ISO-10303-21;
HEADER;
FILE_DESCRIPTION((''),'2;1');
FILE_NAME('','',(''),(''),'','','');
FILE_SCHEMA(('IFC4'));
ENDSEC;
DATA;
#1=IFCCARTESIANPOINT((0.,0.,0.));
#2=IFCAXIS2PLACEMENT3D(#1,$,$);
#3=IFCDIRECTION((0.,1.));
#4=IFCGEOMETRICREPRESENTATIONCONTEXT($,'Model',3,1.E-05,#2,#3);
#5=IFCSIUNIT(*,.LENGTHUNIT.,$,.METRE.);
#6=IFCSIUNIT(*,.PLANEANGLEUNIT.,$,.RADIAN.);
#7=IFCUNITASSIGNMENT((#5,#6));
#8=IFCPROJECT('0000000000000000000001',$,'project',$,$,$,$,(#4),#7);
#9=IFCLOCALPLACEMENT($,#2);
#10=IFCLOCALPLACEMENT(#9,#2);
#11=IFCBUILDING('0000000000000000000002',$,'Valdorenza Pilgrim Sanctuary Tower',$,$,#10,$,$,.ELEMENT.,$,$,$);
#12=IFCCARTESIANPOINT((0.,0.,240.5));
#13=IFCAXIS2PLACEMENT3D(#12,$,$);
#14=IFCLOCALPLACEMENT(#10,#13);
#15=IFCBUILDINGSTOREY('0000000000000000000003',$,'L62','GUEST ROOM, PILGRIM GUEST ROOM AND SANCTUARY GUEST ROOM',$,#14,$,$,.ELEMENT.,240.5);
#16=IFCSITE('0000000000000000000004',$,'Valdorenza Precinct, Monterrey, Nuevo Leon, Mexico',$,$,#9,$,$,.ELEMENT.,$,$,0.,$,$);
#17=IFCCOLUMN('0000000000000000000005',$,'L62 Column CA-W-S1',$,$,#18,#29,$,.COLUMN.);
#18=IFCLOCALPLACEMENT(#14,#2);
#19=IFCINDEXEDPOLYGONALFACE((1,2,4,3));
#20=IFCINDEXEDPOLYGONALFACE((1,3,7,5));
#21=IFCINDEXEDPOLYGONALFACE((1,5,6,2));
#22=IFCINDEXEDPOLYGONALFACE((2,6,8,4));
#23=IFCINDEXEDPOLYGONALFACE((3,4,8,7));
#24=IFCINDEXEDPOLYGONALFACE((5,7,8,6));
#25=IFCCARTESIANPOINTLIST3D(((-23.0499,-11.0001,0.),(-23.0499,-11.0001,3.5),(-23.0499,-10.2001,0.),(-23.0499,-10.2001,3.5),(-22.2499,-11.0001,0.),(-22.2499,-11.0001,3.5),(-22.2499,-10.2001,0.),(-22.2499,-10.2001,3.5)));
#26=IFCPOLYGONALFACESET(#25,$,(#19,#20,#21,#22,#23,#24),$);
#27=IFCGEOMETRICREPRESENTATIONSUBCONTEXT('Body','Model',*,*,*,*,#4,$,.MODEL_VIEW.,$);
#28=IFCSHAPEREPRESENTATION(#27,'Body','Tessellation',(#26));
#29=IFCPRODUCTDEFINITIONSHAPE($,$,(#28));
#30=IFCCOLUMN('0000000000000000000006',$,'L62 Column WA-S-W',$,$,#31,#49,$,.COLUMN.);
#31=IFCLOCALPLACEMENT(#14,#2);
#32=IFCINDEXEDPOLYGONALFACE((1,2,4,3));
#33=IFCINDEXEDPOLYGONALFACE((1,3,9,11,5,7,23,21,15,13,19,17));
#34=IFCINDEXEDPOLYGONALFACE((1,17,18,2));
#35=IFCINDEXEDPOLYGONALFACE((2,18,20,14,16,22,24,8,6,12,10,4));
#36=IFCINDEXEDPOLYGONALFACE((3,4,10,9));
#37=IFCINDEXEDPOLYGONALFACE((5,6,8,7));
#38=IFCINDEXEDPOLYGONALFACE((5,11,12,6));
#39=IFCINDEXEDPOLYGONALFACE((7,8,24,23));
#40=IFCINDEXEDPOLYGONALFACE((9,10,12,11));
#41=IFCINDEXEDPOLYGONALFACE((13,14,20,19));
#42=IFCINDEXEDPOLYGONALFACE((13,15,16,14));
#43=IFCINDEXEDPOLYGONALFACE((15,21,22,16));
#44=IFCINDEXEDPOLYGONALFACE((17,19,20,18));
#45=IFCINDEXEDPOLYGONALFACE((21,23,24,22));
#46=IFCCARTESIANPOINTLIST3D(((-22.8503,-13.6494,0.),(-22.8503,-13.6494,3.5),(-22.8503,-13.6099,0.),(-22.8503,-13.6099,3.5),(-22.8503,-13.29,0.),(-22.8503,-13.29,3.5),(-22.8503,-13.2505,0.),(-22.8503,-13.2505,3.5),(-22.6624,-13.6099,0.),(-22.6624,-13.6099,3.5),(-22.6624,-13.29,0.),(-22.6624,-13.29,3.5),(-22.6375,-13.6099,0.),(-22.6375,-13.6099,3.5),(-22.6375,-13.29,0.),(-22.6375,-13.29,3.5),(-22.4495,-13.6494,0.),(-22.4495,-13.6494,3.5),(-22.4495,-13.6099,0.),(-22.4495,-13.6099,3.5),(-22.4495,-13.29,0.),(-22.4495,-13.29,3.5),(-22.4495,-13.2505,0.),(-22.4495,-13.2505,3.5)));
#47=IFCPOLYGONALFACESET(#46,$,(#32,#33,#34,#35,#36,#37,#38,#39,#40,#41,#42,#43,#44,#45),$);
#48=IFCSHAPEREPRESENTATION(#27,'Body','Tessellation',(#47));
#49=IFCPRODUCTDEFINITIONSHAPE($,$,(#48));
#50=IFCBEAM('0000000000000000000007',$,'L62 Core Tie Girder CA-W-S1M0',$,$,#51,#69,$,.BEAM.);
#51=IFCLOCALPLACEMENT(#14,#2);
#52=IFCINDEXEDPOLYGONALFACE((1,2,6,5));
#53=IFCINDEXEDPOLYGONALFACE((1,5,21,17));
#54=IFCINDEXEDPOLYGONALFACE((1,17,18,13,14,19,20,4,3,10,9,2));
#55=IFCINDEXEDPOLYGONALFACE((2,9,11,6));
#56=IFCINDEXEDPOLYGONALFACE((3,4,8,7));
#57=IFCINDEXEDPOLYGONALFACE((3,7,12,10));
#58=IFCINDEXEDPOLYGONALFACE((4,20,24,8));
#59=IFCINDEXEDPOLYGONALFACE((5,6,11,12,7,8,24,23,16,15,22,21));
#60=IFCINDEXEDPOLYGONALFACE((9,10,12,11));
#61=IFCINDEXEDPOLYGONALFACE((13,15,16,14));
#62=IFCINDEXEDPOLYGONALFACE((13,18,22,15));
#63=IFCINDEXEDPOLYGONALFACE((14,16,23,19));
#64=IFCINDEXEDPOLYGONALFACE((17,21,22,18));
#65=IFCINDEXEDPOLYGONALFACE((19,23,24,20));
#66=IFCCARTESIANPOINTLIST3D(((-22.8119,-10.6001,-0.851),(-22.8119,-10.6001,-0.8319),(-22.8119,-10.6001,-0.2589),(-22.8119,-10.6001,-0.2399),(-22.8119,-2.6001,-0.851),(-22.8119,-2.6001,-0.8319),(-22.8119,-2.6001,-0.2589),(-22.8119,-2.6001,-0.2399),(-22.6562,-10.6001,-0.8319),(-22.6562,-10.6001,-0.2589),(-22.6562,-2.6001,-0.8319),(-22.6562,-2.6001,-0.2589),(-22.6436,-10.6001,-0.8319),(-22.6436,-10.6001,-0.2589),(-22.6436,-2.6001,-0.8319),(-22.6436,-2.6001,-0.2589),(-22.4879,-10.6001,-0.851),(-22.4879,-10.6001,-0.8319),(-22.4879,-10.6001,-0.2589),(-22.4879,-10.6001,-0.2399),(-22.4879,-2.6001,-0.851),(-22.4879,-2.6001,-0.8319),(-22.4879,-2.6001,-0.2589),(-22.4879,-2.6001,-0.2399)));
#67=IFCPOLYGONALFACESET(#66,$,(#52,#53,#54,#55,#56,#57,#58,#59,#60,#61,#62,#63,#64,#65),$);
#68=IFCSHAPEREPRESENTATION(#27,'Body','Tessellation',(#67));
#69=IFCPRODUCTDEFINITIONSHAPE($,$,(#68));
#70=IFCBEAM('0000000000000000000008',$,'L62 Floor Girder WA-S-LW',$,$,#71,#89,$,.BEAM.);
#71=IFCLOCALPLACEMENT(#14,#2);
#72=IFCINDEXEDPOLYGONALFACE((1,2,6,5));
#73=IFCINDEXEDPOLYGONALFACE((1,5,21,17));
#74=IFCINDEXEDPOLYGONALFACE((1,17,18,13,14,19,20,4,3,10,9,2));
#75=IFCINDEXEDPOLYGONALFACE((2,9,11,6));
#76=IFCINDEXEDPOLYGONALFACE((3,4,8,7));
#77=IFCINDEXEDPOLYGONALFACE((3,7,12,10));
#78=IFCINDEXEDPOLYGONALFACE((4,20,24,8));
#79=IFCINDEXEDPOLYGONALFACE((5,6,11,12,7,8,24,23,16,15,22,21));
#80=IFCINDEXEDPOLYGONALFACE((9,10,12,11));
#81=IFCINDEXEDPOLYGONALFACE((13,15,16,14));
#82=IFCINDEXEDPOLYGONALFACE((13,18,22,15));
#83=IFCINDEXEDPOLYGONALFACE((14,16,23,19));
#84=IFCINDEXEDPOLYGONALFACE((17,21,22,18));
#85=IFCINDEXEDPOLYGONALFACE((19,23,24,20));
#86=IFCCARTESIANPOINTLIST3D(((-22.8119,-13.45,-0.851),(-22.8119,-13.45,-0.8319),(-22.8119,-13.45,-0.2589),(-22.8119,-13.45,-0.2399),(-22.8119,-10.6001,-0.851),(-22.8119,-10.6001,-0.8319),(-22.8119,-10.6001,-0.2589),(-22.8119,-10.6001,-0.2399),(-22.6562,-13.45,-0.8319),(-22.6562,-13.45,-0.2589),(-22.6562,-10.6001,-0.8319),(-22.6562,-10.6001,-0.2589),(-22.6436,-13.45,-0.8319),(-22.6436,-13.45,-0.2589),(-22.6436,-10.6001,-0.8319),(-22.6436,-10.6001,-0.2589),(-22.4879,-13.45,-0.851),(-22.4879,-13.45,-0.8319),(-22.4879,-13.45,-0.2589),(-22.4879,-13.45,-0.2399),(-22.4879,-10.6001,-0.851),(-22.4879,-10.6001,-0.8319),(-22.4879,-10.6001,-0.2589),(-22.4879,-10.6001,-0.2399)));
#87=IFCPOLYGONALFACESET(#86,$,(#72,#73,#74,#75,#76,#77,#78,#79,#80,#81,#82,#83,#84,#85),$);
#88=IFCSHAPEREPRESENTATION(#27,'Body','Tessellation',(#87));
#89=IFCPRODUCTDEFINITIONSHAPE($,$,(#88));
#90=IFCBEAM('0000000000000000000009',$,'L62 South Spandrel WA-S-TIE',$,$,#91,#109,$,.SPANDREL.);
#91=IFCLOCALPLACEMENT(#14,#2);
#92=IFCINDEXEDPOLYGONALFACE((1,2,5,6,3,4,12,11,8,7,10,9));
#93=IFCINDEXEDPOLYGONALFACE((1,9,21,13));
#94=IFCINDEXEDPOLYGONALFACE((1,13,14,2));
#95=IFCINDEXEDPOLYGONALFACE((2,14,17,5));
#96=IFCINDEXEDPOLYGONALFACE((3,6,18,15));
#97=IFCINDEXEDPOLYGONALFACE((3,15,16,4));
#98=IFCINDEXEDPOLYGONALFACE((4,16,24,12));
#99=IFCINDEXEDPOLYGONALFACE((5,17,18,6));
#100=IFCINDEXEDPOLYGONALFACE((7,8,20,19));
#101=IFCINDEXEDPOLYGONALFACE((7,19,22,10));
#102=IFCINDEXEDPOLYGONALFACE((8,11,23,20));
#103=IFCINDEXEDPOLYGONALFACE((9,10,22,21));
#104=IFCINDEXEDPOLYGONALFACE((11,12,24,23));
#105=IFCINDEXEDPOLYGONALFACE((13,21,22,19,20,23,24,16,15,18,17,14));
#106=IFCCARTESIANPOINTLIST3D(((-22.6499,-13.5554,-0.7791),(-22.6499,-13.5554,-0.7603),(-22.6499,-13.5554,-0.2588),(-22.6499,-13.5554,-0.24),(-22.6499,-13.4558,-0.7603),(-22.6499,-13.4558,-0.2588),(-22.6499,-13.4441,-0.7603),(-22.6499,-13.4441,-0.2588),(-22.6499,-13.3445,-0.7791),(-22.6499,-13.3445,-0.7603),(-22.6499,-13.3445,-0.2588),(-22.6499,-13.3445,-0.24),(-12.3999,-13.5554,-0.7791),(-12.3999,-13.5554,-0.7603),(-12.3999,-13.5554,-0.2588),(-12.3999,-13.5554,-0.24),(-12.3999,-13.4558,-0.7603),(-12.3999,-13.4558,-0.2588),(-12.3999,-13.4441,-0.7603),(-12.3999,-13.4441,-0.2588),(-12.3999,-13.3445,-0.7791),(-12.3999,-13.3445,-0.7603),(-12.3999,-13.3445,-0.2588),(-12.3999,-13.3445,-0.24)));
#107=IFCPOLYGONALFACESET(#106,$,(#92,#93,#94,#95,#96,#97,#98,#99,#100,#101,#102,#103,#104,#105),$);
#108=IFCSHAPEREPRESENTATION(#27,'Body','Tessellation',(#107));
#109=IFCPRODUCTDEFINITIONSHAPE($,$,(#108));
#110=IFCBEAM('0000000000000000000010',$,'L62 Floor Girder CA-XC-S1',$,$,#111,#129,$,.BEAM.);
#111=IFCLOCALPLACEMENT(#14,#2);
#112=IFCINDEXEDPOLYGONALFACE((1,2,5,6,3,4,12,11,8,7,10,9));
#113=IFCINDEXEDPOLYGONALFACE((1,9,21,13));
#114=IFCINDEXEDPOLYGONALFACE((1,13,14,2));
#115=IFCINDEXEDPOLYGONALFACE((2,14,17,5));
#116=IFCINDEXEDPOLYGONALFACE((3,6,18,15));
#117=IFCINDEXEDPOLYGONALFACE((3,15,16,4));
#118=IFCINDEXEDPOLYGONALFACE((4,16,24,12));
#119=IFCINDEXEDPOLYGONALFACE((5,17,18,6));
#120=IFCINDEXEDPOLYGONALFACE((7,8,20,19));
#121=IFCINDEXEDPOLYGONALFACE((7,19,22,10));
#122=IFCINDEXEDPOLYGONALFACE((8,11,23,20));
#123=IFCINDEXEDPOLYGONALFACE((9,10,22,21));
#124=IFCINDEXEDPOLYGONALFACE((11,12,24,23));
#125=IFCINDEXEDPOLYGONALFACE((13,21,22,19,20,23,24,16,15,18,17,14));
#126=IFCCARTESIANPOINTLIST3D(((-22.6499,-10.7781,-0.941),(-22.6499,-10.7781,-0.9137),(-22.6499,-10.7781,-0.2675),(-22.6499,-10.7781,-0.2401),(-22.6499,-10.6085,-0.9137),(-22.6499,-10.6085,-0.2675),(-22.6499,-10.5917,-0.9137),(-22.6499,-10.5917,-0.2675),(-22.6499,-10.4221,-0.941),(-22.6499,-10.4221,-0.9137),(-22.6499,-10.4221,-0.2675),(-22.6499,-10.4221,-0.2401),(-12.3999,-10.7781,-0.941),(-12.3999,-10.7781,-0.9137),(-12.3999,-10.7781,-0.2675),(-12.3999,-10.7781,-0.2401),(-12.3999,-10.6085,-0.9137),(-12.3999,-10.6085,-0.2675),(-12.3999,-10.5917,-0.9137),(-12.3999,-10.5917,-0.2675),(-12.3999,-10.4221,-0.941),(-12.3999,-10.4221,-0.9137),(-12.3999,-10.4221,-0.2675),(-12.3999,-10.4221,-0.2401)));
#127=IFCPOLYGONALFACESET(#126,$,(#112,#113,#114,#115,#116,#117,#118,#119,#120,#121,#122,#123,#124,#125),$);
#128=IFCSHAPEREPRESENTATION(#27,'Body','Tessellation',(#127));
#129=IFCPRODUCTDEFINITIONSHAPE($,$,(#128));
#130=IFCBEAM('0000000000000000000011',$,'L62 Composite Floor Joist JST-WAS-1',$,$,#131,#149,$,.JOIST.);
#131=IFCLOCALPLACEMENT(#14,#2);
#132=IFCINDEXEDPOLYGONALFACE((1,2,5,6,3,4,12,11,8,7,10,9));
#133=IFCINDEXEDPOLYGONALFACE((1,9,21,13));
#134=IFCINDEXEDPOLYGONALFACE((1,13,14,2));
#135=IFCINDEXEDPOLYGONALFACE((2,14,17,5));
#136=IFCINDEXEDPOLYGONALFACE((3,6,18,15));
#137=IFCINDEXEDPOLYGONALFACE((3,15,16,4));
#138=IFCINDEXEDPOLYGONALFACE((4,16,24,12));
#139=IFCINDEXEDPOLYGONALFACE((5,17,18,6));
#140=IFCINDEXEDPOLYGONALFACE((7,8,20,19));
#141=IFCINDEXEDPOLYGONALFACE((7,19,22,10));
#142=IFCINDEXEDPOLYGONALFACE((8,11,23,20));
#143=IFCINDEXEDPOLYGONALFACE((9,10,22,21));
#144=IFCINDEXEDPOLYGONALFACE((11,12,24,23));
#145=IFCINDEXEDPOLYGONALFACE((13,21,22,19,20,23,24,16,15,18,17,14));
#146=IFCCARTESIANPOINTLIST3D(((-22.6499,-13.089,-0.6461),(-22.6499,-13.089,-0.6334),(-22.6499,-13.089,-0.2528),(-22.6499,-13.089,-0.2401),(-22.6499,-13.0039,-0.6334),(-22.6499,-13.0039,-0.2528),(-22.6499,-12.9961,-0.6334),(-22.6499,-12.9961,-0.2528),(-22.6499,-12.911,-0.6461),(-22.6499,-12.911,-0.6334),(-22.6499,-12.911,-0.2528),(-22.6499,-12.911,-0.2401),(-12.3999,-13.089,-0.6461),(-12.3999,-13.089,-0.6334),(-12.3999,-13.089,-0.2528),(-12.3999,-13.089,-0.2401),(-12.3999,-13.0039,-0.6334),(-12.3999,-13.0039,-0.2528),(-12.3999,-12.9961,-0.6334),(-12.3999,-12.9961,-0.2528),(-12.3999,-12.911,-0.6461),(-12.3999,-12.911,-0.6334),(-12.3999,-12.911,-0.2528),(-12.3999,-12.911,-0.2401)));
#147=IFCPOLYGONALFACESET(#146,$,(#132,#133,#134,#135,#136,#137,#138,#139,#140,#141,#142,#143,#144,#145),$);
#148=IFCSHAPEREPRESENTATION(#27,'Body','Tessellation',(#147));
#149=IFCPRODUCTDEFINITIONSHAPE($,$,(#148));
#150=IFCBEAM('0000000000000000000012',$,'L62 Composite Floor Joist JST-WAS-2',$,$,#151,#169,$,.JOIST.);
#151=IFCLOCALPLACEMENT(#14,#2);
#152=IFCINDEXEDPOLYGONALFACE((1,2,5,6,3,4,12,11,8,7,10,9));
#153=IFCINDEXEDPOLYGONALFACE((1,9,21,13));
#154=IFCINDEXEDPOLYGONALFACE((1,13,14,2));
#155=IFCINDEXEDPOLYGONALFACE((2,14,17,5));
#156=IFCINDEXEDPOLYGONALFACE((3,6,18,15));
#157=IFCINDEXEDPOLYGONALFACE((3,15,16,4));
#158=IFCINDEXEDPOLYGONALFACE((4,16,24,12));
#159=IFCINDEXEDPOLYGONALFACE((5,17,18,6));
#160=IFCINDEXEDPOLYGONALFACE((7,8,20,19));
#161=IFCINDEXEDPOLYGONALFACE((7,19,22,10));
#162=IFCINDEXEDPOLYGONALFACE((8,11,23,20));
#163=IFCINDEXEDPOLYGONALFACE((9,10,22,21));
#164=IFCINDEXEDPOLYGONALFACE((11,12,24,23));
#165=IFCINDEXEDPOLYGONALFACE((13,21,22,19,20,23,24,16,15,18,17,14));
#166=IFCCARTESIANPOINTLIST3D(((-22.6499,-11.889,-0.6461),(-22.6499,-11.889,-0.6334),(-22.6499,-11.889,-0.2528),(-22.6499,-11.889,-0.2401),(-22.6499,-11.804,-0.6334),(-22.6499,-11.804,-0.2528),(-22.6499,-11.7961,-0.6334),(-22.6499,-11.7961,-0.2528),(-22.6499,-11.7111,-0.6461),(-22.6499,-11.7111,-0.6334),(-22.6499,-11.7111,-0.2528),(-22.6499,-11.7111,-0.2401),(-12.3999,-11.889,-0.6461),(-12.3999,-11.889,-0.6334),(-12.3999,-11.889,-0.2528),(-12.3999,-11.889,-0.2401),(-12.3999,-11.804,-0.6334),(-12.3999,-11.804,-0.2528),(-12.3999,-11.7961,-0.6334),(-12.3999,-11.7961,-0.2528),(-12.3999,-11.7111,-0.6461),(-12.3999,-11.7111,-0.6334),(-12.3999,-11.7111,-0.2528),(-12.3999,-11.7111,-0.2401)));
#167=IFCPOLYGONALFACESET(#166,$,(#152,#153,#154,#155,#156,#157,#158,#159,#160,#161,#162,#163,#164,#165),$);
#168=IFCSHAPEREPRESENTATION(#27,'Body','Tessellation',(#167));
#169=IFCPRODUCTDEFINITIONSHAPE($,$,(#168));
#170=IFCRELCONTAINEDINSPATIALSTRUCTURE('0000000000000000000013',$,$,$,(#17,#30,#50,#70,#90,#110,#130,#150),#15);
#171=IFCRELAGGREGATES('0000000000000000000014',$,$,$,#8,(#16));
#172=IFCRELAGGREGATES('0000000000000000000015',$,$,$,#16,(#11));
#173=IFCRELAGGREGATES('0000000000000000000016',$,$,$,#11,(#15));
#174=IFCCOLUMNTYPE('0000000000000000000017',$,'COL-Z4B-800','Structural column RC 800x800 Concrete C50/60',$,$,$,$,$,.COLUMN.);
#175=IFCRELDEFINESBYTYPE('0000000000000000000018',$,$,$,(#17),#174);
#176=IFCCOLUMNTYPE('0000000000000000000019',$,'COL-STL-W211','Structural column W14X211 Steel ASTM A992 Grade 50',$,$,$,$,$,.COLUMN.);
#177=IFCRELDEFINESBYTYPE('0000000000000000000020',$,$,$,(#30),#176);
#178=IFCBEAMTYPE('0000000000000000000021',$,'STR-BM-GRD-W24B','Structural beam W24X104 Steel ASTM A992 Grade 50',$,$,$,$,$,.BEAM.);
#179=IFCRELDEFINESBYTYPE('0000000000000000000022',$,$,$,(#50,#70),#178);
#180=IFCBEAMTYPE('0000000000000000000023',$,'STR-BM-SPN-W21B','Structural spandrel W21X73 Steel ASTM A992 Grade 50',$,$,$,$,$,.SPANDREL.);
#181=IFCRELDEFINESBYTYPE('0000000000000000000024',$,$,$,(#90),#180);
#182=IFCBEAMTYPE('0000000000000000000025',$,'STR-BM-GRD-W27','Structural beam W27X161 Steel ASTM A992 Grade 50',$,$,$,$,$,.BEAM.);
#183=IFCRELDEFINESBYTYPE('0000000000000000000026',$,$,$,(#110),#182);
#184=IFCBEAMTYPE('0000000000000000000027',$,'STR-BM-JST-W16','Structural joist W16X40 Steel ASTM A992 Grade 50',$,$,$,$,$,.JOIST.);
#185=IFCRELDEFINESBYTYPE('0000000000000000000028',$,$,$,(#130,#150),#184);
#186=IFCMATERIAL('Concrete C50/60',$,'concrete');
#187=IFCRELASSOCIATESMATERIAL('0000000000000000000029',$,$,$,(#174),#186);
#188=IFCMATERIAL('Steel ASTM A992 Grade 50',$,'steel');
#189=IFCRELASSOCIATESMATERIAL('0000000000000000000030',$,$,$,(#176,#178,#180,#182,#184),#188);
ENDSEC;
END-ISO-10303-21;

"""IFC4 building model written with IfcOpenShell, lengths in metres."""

from ifc_helpers import new_model, si_unit, direction, frame, origin, origin_2d, place, context, subcontext, project, spatial, rectangle, i_section, extrude, source, transform, mapped, material, material_profile, profile_set, type_object, element, save


model = new_model("IFC4")

# Units and contexts
model_context = context("Model", 3, precision=1e-05, world=origin(), true_north=direction((0.0, 1.0)))
body_context = subcontext(model_context, "Body", "Model", "MODEL_VIEW")
ifc_project = project(units=[si_unit("LENGTHUNIT", "METRE"), si_unit("PLANEANGLEUNIT", "RADIAN")], contexts=[model_context])

# Site, building, storey
site_placement = place(None, origin())
site = spatial("IfcSite", under=ifc_project, at=site_placement, Name="Valdorenza Precinct, Monterrey, Nuevo Leon, Mexico", CompositionType="ELEMENT", RefElevation=0.0)
building_placement = place(site_placement, origin())
building = spatial("IfcBuilding", under=site, at=building_placement, Name="Valdorenza Pilgrim Sanctuary Tower", CompositionType="ELEMENT")
storey_placement = place(building_placement, frame((0.0, 0.0, 240.5)))
storey = spatial("IfcBuildingStorey", under=building, at=storey_placement, Name="L62", Description="GUEST ROOM, PILGRIM GUEST ROOM AND SANCTUARY GUEST ROOM", CompositionType="ELEMENT", Elevation=240.5)

# Columns
ifc_material_1 = material(Name="Concrete C50/60", Category="concrete")
ifc_material_profile_1 = material_profile(ifc_material_1, rectangle(XDim=0.8, YDim=0.8, at=origin_2d()), Name="RC 800x800")
ifc_profile_set_1 = profile_set([ifc_material_profile_1], Name="Concrete C50/60")
column_type_1 = type_object("IfcColumnType", Name="COL-Z4B-800", Description="Structural column RC 800x800 Concrete C50/60", PredefinedType="COLUMN", material=ifc_profile_set_1)
shared_shape_1 = source(origin(), body_context, "Body", "SweptSolid", [
    extrude(rectangle(XDim=0.8, YDim=0.8, at=origin_2d()), origin(), (0.0, 0.0, 1.0), 3.5),
])
column_1_placement = place(storey_placement, frame((-22.6499, -10.6001, 0.0), z_axis=(0.0, 0.0, 1.0), x_axis=(1.0, 0.0, 0.0)))
element("IfcColumn", 1, at=column_1_placement, inside=storey, type_object=column_type_1, Name="L62 Column CA-W-S1", PredefinedType="COLUMN", context=body_context, shape_type="MappedRepresentation", body=[
    mapped(shared_shape_1, transform((0.0, 0.0, 0.0), x_axis=(1.0, 0.0, 0.0), y_axis=(0.0, 1.0, 0.0), z_axis=(0.0, 0.0, 1.0), scale=1.0)),
])
ifc_material_2 = material(Name="Steel ASTM A992 Grade 50", Category="steel")
ifc_material_profile_2 = material_profile(ifc_material_2, i_section(OverallWidth=0.4009, OverallDepth=0.3989, WebThickness=0.0249, FlangeThickness=0.0396, at=origin_2d()), Name="W14X211")
ifc_profile_set_2 = profile_set([ifc_material_profile_2], Name="Steel ASTM A992 Grade 50")
column_type_2 = type_object("IfcColumnType", Name="COL-STL-W211", Description="Structural column W14X211 Steel ASTM A992 Grade 50", PredefinedType="COLUMN", material=ifc_profile_set_2)
shared_shape_2 = source(origin(), body_context, "Body", "SweptSolid", [
    extrude(i_section(OverallWidth=0.4009, OverallDepth=0.3989, WebThickness=0.0249, FlangeThickness=0.0396, at=origin_2d()), origin(), (0.0, 0.0, 1.0), 3.5),
])
column_2_placement = place(storey_placement, frame((-22.6499, -13.45, 0.0), z_axis=(0.0, 0.0, 1.0), x_axis=(1.0, 0.0, 0.0)))
element("IfcColumn", 2, at=column_2_placement, inside=storey, type_object=column_type_2, Name="L62 Column WA-S-W", PredefinedType="COLUMN", context=body_context, shape_type="MappedRepresentation", body=[
    mapped(shared_shape_2, transform((0.0, 0.0, 0.0), x_axis=(1.0, 0.0, 0.0), y_axis=(0.0, 1.0, 0.0), z_axis=(0.0, 0.0, 1.0), scale=1.0)),
])

# Beams
ifc_material_profile_3 = material_profile(ifc_material_2, i_section(OverallWidth=0.324, OverallDepth=0.6111, WebThickness=0.0127, FlangeThickness=0.019, at=origin_2d()), Name="W24X104")
ifc_profile_set_3 = profile_set([ifc_material_profile_3], Name="Steel ASTM A992 Grade 50")
beam_type_1 = type_object("IfcBeamType", Name="STR-BM-GRD-W24B", Description="Structural beam W24X104 Steel ASTM A992 Grade 50", PredefinedType="BEAM", material=ifc_profile_set_3)
shared_shape_3 = source(origin(), body_context, "Body", "SweptSolid", [
    extrude(i_section(OverallWidth=0.324, OverallDepth=0.6111, WebThickness=0.0127, FlangeThickness=0.019, at=origin_2d()), origin(), (0.0, 0.0, 1.0), 8.0),
])
beam_1_placement = place(storey_placement, frame((-22.6499, -10.6001, -0.5454), z_axis=(0.0, 1.0, 0.0), x_axis=(-1.0, 0.0, 0.0)))
element("IfcBeam", 3, at=beam_1_placement, inside=storey, type_object=beam_type_1, Name="L62 Core Tie Girder CA-W-S1M0", PredefinedType="BEAM", context=body_context, shape_type="MappedRepresentation", body=[
    mapped(shared_shape_3, transform((0.0, 0.0, 0.0), x_axis=(1.0, 0.0, 0.0), y_axis=(0.0, 1.0, 0.0), z_axis=(0.0, 0.0, 1.0), scale=1.0)),
])
shared_shape_4 = source(origin(), body_context, "Body", "SweptSolid", [
    extrude(i_section(OverallWidth=0.324, OverallDepth=0.6111, WebThickness=0.0127, FlangeThickness=0.019, at=origin_2d()), origin(), (0.0, 0.0, 1.0), 2.8499),
])
beam_2_placement = place(storey_placement, frame((-22.6499, -13.45, -0.5454), z_axis=(0.0, 1.0, 0.0), x_axis=(-1.0, 0.0, 0.0)))
element("IfcBeam", 4, at=beam_2_placement, inside=storey, type_object=beam_type_1, Name="L62 Floor Girder WA-S-LW", PredefinedType="BEAM", context=body_context, shape_type="MappedRepresentation", body=[
    mapped(shared_shape_4, transform((0.0, 0.0, 0.0), x_axis=(1.0, 0.0, 0.0), y_axis=(0.0, 1.0, 0.0), z_axis=(0.0, 0.0, 1.0), scale=1.0)),
])
ifc_material_profile_4 = material_profile(ifc_material_2, i_section(OverallWidth=0.2109, OverallDepth=0.5391, WebThickness=0.0117, FlangeThickness=0.0188, at=origin_2d()), Name="W21X73")
ifc_profile_set_4 = profile_set([ifc_material_profile_4], Name="Steel ASTM A992 Grade 50")
beam_type_2 = type_object("IfcBeamType", Name="STR-BM-SPN-W21B", Description="Structural spandrel W21X73 Steel ASTM A992 Grade 50", PredefinedType="SPANDREL", material=ifc_profile_set_4)
shared_shape_5 = source(origin(), body_context, "Body", "SweptSolid", [
    extrude(i_section(OverallWidth=0.2109, OverallDepth=0.5391, WebThickness=0.0117, FlangeThickness=0.0188, at=origin_2d()), origin(), (0.0, 0.0, 1.0), 10.25),
])
beam_3_placement = place(storey_placement, frame((-22.6499, -13.45, -0.5095), z_axis=(1.0, 0.0, 0.0), x_axis=(0.0, 1.0, 0.0)))
element("IfcBeam", 5, at=beam_3_placement, inside=storey, type_object=beam_type_2, Name="L62 South Spandrel WA-S-TIE", PredefinedType="SPANDREL", context=body_context, shape_type="MappedRepresentation", body=[
    mapped(shared_shape_5, transform((0.0, 0.0, 0.0), x_axis=(1.0, 0.0, 0.0), y_axis=(0.0, 1.0, 0.0), z_axis=(0.0, 0.0, 1.0), scale=1.0)),
])
ifc_material_profile_5 = material_profile(ifc_material_2, i_section(OverallWidth=0.356, OverallDepth=0.7009, WebThickness=0.0168, FlangeThickness=0.0273, at=origin_2d()), Name="W27X161")
ifc_profile_set_5 = profile_set([ifc_material_profile_5], Name="Steel ASTM A992 Grade 50")
beam_type_3 = type_object("IfcBeamType", Name="STR-BM-GRD-W27", Description="Structural beam W27X161 Steel ASTM A992 Grade 50", PredefinedType="BEAM", material=ifc_profile_set_5)
shared_shape_6 = source(origin(), body_context, "Body", "SweptSolid", [
    extrude(i_section(OverallWidth=0.356, OverallDepth=0.7009, WebThickness=0.0168, FlangeThickness=0.0273, at=origin_2d()), origin(), (0.0, 0.0, 1.0), 10.25),
])
beam_4_placement = place(storey_placement, frame((-22.6499, -10.6001, -0.5906), z_axis=(1.0, 0.0, 0.0), x_axis=(0.0, 1.0, 0.0)))
element("IfcBeam", 6, at=beam_4_placement, inside=storey, type_object=beam_type_3, Name="L62 Floor Girder CA-XC-S1", PredefinedType="BEAM", context=body_context, shape_type="MappedRepresentation", body=[
    mapped(shared_shape_6, transform((0.0, 0.0, 0.0), x_axis=(1.0, 0.0, 0.0), y_axis=(0.0, 1.0, 0.0), z_axis=(0.0, 0.0, 1.0), scale=1.0)),
])
ifc_material_profile_6 = material_profile(ifc_material_2, i_section(OverallWidth=0.178, OverallDepth=0.406, WebThickness=0.0078, FlangeThickness=0.0127, at=origin_2d()), Name="W16X40")
ifc_profile_set_6 = profile_set([ifc_material_profile_6], Name="Steel ASTM A992 Grade 50")
beam_type_4 = type_object("IfcBeamType", Name="STR-BM-JST-W16", Description="Structural joist W16X40 Steel ASTM A992 Grade 50", PredefinedType="JOIST", material=ifc_profile_set_6)
shared_shape_7 = source(origin(), body_context, "Body", "SweptSolid", [
    extrude(i_section(OverallWidth=0.178, OverallDepth=0.406, WebThickness=0.0078, FlangeThickness=0.0127, at=origin_2d()), origin(), (0.0, 0.0, 1.0), 10.25),
])
for number, where, z_axis, x_axis, name in (
    (7, (-22.6499, -13.0, -0.4431), (1.0, 0.0, 0.0), (0.0, 1.0, 0.0), "L62 Composite Floor Joist JST-WAS-1"),
    (8, (-22.6499, -11.8, -0.4431), (1.0, 0.0, 0.0), (0.0, 1.0, 0.0), "L62 Composite Floor Joist JST-WAS-2"),
):
    element("IfcBeam", number, at=place(storey_placement, frame(where, z_axis=z_axis, x_axis=x_axis)), inside=storey, type_object=beam_type_4, Name=name, PredefinedType="JOIST", context=body_context, shape_type="MappedRepresentation", body=[
        mapped(shared_shape_7, transform((0.0, 0.0, 0.0), x_axis=(1.0, 0.0, 0.0), y_axis=(0.0, 1.0, 0.0), z_axis=(0.0, 0.0, 1.0), scale=1.0)),
    ])

save(model, "model.ifc")
